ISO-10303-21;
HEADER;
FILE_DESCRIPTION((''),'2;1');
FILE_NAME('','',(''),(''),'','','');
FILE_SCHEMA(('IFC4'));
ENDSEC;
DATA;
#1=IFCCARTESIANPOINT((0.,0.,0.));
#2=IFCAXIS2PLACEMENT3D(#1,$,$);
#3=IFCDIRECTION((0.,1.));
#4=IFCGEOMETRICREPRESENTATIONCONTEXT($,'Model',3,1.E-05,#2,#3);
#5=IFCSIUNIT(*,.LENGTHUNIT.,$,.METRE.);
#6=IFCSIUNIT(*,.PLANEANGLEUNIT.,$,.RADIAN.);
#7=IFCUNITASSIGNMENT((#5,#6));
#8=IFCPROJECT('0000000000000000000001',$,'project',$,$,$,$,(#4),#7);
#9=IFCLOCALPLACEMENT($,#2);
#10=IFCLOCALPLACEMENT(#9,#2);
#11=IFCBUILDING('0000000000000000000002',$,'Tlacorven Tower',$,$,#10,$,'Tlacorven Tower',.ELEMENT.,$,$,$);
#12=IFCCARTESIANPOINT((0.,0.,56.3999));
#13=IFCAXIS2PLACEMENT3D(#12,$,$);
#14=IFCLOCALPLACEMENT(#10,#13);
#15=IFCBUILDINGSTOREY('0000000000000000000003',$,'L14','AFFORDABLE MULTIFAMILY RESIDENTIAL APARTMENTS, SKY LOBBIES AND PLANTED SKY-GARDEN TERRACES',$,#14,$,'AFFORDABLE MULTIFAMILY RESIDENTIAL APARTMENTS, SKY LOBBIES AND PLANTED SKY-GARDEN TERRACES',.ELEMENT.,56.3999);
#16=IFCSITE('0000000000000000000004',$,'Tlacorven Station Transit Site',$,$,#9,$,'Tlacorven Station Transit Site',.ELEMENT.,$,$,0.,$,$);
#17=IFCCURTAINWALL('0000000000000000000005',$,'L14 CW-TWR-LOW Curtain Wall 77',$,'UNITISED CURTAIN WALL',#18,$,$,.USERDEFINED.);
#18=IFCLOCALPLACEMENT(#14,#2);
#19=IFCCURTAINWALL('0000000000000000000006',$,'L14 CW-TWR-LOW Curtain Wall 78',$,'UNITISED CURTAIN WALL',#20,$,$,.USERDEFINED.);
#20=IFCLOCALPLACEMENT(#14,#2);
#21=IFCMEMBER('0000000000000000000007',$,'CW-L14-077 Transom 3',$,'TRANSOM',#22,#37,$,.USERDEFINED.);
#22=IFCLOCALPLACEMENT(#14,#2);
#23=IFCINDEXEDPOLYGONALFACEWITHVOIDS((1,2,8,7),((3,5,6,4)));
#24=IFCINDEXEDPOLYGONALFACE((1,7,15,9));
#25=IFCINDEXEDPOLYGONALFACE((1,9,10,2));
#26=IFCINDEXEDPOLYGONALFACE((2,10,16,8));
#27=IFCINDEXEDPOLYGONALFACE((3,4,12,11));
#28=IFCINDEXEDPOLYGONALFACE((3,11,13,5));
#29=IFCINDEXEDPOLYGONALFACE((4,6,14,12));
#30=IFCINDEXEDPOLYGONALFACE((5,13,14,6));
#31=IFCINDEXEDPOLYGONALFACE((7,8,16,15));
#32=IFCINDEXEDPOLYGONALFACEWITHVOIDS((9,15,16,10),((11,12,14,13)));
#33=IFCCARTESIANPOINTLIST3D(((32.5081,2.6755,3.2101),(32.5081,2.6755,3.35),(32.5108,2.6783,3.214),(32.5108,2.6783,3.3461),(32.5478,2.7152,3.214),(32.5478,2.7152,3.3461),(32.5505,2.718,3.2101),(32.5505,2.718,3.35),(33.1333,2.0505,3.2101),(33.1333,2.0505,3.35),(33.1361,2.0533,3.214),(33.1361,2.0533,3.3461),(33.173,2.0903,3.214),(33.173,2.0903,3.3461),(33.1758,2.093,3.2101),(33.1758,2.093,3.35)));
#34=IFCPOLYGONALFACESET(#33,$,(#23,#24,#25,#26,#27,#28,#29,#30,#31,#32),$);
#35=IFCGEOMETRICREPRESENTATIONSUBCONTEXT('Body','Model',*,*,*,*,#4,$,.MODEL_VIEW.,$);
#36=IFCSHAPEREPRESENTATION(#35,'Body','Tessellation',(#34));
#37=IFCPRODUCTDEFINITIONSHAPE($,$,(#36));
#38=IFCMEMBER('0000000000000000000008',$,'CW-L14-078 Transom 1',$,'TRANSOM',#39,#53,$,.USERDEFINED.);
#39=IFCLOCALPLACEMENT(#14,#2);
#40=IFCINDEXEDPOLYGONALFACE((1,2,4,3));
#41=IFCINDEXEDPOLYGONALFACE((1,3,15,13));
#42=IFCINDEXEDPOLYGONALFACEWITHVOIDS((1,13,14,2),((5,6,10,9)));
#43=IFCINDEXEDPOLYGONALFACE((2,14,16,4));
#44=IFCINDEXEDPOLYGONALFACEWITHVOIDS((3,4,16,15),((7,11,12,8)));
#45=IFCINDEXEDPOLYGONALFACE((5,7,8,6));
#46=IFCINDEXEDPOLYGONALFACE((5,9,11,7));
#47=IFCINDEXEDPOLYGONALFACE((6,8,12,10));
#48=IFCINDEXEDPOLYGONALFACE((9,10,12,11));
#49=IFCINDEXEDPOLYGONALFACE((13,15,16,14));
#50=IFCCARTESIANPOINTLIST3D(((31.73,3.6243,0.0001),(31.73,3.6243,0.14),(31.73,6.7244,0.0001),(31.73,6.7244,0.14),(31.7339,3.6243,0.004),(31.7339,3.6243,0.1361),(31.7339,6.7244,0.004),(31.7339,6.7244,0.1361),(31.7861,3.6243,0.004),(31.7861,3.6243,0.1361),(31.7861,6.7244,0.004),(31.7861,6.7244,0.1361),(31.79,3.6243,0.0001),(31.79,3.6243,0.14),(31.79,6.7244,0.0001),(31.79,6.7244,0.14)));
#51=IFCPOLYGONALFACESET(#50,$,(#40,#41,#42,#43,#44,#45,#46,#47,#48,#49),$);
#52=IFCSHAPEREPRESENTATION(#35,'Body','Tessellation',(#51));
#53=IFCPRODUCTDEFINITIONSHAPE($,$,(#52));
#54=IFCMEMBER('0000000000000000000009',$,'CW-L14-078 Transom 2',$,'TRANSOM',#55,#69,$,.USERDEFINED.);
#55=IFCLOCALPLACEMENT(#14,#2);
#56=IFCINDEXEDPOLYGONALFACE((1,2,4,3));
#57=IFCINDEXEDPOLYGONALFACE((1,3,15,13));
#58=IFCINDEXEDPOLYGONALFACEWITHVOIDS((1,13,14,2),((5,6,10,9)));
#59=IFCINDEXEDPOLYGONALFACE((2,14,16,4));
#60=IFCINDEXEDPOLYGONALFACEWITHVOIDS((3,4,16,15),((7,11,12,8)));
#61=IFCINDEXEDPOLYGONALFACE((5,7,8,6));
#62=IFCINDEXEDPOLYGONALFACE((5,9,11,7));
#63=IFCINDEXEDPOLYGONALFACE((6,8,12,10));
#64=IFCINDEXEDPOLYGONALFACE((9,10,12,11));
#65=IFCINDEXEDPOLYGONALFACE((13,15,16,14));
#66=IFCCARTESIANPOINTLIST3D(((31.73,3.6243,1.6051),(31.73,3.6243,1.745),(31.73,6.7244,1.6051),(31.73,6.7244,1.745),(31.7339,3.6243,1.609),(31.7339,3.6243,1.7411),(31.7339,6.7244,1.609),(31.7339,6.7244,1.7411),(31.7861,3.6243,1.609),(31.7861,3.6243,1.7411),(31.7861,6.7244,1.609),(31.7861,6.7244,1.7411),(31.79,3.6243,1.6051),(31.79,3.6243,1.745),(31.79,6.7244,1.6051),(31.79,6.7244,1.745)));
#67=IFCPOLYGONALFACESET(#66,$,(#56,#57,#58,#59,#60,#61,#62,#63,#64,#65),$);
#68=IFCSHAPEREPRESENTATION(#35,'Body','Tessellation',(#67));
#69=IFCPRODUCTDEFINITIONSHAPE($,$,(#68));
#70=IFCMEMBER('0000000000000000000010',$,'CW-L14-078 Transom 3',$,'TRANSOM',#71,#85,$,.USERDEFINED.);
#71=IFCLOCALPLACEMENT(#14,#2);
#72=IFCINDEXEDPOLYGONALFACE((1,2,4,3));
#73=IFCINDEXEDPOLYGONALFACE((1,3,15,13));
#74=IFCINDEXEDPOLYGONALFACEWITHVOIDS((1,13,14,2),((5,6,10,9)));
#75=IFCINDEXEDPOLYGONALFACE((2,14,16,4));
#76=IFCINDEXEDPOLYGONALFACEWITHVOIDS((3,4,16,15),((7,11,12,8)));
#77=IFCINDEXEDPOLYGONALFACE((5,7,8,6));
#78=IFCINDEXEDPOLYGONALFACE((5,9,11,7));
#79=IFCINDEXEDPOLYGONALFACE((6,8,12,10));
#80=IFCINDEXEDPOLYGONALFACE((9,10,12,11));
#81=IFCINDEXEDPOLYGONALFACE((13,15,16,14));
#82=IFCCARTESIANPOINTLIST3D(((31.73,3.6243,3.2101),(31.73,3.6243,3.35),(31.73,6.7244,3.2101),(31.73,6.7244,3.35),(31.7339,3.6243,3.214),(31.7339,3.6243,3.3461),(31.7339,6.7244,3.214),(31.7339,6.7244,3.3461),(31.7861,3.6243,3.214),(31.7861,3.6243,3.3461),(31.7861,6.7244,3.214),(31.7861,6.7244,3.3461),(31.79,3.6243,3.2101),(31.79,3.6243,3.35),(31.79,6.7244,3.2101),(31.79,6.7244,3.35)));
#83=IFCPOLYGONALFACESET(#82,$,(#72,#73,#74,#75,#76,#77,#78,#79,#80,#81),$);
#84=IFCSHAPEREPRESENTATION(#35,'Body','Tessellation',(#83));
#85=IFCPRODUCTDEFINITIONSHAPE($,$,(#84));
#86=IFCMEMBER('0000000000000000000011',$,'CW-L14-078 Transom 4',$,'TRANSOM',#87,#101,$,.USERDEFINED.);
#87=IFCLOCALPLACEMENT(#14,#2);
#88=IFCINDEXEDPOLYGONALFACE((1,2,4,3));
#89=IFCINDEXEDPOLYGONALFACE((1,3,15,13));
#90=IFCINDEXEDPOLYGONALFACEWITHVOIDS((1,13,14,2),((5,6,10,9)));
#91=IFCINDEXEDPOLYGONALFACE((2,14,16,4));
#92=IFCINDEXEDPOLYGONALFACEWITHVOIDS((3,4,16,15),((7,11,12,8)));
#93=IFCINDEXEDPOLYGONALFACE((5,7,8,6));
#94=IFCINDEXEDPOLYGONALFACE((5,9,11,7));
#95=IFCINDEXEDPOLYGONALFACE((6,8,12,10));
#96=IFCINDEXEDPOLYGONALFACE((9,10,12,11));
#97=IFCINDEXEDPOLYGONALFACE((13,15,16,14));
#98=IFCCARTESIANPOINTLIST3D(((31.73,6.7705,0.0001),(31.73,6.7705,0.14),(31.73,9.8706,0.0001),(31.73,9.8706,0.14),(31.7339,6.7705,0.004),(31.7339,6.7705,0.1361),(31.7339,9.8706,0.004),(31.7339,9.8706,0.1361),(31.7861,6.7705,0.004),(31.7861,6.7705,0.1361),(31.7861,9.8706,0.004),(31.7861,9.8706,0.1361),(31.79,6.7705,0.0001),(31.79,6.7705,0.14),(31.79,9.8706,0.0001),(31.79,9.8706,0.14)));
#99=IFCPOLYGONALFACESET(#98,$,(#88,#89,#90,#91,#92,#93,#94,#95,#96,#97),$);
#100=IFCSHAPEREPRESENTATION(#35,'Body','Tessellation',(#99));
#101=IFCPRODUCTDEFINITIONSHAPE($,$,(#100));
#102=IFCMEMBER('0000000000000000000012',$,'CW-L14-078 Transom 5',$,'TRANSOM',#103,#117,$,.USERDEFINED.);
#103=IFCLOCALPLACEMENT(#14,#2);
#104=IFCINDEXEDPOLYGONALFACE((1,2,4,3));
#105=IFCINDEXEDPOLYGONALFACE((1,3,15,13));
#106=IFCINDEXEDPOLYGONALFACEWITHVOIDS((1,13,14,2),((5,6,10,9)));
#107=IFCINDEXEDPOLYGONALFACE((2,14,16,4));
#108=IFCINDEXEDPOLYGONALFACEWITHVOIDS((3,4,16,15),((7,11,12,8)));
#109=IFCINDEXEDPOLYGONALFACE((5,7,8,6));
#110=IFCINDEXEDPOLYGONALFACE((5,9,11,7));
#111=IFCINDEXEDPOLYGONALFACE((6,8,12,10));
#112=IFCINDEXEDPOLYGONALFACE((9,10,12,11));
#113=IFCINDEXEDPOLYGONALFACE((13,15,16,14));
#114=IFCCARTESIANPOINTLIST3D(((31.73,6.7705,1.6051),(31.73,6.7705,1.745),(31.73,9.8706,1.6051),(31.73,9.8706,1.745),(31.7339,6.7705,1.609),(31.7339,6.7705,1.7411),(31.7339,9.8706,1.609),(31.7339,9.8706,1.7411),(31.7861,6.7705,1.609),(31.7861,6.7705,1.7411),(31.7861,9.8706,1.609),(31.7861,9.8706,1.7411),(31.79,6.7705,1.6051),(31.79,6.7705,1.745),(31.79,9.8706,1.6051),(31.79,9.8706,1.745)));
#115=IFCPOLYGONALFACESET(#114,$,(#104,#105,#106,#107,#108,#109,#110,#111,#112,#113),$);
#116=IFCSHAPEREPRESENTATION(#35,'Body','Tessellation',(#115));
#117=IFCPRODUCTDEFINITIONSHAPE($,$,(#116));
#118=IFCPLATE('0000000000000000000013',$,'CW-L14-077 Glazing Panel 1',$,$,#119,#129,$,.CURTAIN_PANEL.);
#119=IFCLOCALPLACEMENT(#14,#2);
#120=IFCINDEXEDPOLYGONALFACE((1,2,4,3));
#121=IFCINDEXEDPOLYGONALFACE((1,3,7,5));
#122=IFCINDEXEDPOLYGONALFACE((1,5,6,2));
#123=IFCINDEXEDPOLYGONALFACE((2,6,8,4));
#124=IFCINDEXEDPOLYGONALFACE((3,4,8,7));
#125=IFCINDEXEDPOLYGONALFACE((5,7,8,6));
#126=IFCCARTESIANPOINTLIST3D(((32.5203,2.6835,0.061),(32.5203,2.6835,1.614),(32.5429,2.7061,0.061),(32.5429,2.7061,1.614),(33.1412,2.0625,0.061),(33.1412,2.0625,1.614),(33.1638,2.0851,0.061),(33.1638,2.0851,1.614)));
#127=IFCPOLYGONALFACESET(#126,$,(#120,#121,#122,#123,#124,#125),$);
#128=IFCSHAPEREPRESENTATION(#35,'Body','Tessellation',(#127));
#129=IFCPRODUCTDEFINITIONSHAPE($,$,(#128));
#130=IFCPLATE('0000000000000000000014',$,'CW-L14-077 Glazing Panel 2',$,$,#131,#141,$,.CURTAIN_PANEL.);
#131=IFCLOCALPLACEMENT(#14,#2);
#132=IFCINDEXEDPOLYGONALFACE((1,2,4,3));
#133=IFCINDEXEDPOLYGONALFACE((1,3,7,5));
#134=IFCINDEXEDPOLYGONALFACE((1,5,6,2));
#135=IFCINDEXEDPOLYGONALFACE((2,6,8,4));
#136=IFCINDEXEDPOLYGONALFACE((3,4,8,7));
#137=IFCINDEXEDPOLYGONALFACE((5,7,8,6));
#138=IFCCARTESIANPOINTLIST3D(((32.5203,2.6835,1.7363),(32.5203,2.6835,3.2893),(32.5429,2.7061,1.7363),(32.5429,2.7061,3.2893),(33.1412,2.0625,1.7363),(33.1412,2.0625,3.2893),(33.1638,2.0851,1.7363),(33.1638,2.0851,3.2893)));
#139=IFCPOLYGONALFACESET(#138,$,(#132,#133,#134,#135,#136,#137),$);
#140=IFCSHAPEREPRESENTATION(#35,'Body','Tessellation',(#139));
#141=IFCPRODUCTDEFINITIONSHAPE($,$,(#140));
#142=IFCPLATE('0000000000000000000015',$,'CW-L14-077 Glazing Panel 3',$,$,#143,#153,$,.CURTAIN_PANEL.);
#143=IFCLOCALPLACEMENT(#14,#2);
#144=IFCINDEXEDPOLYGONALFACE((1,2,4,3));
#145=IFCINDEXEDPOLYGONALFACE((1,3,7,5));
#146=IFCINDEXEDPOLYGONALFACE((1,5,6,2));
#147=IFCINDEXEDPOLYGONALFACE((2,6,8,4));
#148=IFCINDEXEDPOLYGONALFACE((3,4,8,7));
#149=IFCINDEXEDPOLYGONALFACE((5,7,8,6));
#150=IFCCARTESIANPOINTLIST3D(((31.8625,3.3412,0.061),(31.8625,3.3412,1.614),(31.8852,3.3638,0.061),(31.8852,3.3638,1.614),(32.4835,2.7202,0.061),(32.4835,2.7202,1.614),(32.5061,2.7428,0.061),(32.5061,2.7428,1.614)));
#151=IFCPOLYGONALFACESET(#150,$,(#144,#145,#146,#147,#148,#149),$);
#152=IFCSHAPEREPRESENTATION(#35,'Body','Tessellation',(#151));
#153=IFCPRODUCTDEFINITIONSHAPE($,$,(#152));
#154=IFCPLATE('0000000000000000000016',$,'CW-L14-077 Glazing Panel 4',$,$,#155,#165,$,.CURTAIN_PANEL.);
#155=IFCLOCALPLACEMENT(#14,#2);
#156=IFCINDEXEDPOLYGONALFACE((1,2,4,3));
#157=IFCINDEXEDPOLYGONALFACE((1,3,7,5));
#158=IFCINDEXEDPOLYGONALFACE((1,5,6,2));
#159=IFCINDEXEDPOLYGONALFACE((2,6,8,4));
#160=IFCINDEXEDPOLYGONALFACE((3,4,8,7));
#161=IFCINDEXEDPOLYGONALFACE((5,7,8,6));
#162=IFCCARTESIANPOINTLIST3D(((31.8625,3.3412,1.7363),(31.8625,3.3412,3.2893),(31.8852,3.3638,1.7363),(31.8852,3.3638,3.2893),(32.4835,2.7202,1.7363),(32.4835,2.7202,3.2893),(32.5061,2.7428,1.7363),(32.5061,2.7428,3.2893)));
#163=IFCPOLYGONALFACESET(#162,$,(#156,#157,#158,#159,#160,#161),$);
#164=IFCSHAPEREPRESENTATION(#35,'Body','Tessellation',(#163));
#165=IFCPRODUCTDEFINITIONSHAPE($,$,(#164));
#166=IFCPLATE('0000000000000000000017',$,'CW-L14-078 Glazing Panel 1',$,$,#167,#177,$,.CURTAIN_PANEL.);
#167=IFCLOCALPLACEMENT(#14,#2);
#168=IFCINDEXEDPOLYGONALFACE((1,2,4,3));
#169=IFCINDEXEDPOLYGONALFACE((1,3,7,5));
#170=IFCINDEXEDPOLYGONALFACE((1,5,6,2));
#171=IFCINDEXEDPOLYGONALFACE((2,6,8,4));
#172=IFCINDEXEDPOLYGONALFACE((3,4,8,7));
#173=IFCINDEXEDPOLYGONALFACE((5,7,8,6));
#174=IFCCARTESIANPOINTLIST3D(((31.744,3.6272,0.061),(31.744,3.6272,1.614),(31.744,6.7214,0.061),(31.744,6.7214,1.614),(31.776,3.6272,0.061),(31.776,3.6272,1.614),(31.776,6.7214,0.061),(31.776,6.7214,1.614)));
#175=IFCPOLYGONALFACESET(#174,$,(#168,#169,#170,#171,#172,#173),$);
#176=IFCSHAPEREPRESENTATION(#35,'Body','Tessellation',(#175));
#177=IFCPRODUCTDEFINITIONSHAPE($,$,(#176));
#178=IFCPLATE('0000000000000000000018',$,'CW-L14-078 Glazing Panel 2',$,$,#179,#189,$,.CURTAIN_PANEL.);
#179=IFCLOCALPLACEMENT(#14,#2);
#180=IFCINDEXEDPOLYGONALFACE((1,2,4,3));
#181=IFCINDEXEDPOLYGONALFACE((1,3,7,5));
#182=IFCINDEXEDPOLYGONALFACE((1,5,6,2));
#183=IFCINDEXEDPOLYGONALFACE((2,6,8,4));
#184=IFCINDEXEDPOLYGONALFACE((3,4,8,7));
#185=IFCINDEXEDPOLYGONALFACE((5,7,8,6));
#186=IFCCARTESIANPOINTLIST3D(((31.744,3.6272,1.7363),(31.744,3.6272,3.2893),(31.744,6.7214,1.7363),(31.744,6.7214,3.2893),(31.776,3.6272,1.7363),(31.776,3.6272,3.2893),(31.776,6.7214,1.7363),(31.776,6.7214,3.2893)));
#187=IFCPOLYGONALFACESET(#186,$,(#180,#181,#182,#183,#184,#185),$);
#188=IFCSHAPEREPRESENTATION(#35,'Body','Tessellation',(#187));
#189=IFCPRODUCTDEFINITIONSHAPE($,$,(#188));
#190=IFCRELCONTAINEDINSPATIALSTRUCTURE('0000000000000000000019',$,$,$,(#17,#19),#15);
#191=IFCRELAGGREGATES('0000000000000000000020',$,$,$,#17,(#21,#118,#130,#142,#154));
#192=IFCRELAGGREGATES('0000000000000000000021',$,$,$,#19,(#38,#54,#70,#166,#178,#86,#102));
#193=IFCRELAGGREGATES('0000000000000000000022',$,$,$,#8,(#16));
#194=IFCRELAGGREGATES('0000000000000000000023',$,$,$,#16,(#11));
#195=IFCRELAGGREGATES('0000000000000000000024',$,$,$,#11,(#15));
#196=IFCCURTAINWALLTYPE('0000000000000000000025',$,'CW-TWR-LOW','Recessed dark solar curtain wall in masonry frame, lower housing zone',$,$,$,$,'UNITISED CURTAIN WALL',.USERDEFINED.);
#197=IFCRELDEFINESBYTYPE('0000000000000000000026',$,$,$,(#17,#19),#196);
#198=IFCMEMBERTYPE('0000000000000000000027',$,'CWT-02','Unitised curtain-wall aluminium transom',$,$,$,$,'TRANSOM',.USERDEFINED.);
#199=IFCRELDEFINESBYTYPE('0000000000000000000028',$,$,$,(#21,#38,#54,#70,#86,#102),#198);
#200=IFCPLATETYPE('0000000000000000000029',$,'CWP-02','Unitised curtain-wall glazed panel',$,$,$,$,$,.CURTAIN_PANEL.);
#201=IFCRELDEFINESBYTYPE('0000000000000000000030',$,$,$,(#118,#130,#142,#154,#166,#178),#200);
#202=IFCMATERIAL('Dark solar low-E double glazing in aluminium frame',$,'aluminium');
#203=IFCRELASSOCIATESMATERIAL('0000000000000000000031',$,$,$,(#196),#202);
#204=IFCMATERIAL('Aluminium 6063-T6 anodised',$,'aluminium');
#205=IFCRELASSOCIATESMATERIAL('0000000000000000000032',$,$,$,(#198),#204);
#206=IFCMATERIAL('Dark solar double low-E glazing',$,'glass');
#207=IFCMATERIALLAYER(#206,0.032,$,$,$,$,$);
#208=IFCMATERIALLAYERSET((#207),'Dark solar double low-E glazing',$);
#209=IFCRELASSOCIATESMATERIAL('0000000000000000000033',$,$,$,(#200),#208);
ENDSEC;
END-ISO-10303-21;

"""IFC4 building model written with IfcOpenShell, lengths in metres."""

from ifc_helpers import new_model, si_unit, direction, frame, origin, origin_2d, place, context, subcontext, project, spatial, rectangle, hollow_rectangle, extrude, source, transform, mapped, material, layer, layer_set, material_profile, profile_set, type_object, element, aggregate, save


model = new_model("IFC4")

# Units and contexts
model_context = context("Model", 3, precision=1e-05, world=origin(), true_north=direction((0.0, 1.0)))
body_context = subcontext(model_context, "Body", "Model", "MODEL_VIEW")
ifc_project = project(units=[si_unit("LENGTHUNIT", "METRE"), si_unit("PLANEANGLEUNIT", "RADIAN")], contexts=[model_context])

# Site, building, storey
site_placement = place(None, origin())
site = spatial("IfcSite", under=ifc_project, at=site_placement, Name="Tlacorven Station Transit Site", LongName="Tlacorven Station Transit Site", CompositionType="ELEMENT", RefElevation=0.0)
building_placement = place(site_placement, origin())
building = spatial("IfcBuilding", under=site, at=building_placement, Name="Tlacorven Tower", LongName="Tlacorven Tower", CompositionType="ELEMENT")
storey_placement = place(building_placement, frame((0.0, 0.0, 56.3999)))
storey = spatial("IfcBuildingStorey", under=building, at=storey_placement, Name="L14", Description="AFFORDABLE MULTIFAMILY RESIDENTIAL APARTMENTS, SKY LOBBIES AND PLANTED SKY-GARDEN TERRACES", LongName="AFFORDABLE MULTIFAMILY RESIDENTIAL APARTMENTS, SKY LOBBIES AND PLANTED SKY-GARDEN TERRACES", CompositionType="ELEMENT", Elevation=56.3999)

# Shared definitions
ifc_material_1 = material(Name="Dark solar low-E double glazing in aluminium frame", Category="aluminium")
curtain_wall_type = type_object("IfcCurtainWallType", Name="CW-TWR-LOW", Description="Recessed dark solar curtain wall in masonry frame, lower housing zone", ElementType="UNITISED CURTAIN WALL", PredefinedType="USERDEFINED", material=ifc_material_1)
ifc_material_2 = material(Name="Aluminium 6063-T6 anodised", Category="aluminium")

# Curtain walls
curtain_wall_1_placement = place(storey_placement, origin())
curtain_wall_1 = element("IfcCurtainWall", 1, at=curtain_wall_1_placement, inside=storey, type_object=curtain_wall_type, Name="L14 CW-TWR-LOW Curtain Wall 77", ObjectType="UNITISED CURTAIN WALL", PredefinedType="USERDEFINED")
curtain_wall_2_placement = place(storey_placement, origin())
curtain_wall_2 = element("IfcCurtainWall", 2, at=curtain_wall_2_placement, inside=storey, type_object=curtain_wall_type, Name="L14 CW-TWR-LOW Curtain Wall 78", ObjectType="UNITISED CURTAIN WALL", PredefinedType="USERDEFINED")

# Members
ifc_material_profile_1 = material_profile(ifc_material_2, hollow_rectangle(XDim=0.0601, YDim=0.1399, WallThickness=0.0039, at=origin_2d()), Name="ALU TRANSOM 60X140")
ifc_profile_set_1 = profile_set([ifc_material_profile_1], Name="Aluminium 6063-T6 anodised")
member_type_1 = type_object("IfcMemberType", Name="CWT-02", Description="Unitised curtain-wall aluminium transom", ElementType="TRANSOM", PredefinedType="USERDEFINED", material=ifc_profile_set_1)
shared_shape_1 = source(origin(), body_context, "Body", "SweptSolid", [
    extrude(hollow_rectangle(XDim=0.0601, YDim=0.1399, WallThickness=0.0039, at=origin_2d()), origin(), (0.0, 0.0, 1.0), 0.884),
])
member_1_placement = place(storey_placement, frame((33.1545, 2.0718, 3.28), z_axis=(-0.707245, 0.706969, 0.0), x_axis=(-0.706969, -0.707245, 0.0)))
member_1 = element("IfcMember", 3, at=member_1_placement, type_object=member_type_1, Name="CW-L14-077 Transom 3", ObjectType="TRANSOM", PredefinedType="USERDEFINED", context=body_context, shape_type="MappedRepresentation", body=[
    mapped(shared_shape_1, transform((0.0, 0.0, 0.0), scale=1.0)),
])
shared_shape_2 = source(origin(), body_context, "Body", "SweptSolid", [
    extrude(hollow_rectangle(XDim=0.0601, YDim=0.1399, WallThickness=0.0039, at=origin_2d()), origin(), (0.0, 0.0, 1.0), 3.1001),
])
member_2_placement = place(storey_placement, frame((31.76, 3.6243, 0.0701), z_axis=(0.0, 1.0, 0.0), x_axis=(-1.0, 0.0, 0.0)))
member_2 = element("IfcMember", 4, at=member_2_placement, type_object=member_type_1, Name="CW-L14-078 Transom 1", ObjectType="TRANSOM", PredefinedType="USERDEFINED", context=body_context, shape_type="MappedRepresentation", body=[
    mapped(shared_shape_2, transform((0.0, 0.0, 0.0), scale=1.0)),
])
member_3_placement = place(storey_placement, frame((31.76, 3.6243, 1.675), z_axis=(0.0, 1.0, 0.0), x_axis=(-1.0, 0.0, 0.0)))
member_3 = element("IfcMember", 5, at=member_3_placement, type_object=member_type_1, Name="CW-L14-078 Transom 2", ObjectType="TRANSOM", PredefinedType="USERDEFINED", context=body_context, shape_type="MappedRepresentation", body=[
    mapped(shared_shape_2, transform((0.0, 0.0, 0.0), scale=1.0)),
])
member_4_placement = place(storey_placement, frame((31.76, 3.6243, 3.28), z_axis=(0.0, 1.0, 0.0), x_axis=(-1.0, 0.0, 0.0)))
member_4 = element("IfcMember", 6, at=member_4_placement, type_object=member_type_1, Name="CW-L14-078 Transom 3", ObjectType="TRANSOM", PredefinedType="USERDEFINED", context=body_context, shape_type="MappedRepresentation", body=[
    mapped(shared_shape_2, transform((0.0, 0.0, 0.0), scale=1.0)),
])
member_5_placement = place(storey_placement, frame((31.76, 6.7705, 0.0701), z_axis=(0.0, 1.0, 0.0), x_axis=(-1.0, 0.0, 0.0)))
member_5 = element("IfcMember", 7, at=member_5_placement, type_object=member_type_1, Name="CW-L14-078 Transom 4", ObjectType="TRANSOM", PredefinedType="USERDEFINED", context=body_context, shape_type="MappedRepresentation", body=[
    mapped(shared_shape_2, transform((0.0, 0.0, 0.0), scale=1.0)),
])
member_6_placement = place(storey_placement, frame((31.76, 6.7705, 1.675), z_axis=(0.0, 1.0, 0.0), x_axis=(-1.0, 0.0, 0.0)))
member_6 = element("IfcMember", 8, at=member_6_placement, type_object=member_type_1, Name="CW-L14-078 Transom 5", ObjectType="TRANSOM", PredefinedType="USERDEFINED", context=body_context, shape_type="MappedRepresentation", body=[
    mapped(shared_shape_2, transform((0.0, 0.0, 0.0), scale=1.0)),
])

# Plates
ifc_material_3 = material(Name="Dark solar double low-E glazing", Category="glass")
ifc_layer = layer(ifc_material_3, 0.032)
ifc_layer_set = layer_set([ifc_layer], Name="Dark solar double low-E glazing")
plate_type = type_object("IfcPlateType", Name="CWP-02", Description="Unitised curtain-wall glazed panel", PredefinedType="CURTAIN_PANEL", material=ifc_layer_set)
shared_shape_3 = source(origin(), body_context, "Body", "SweptSolid", [
    extrude(rectangle(XDim=0.8782, YDim=0.032, at=origin_2d()), origin(), (0.0, 0.0, 1.0), 1.553),
])
plate_1_placement = place(storey_placement, frame((32.842, 2.3843, 0.061), z_axis=(0.0, 0.0, 1.0), x_axis=(-0.707107, 0.707107, 0.0)))
plate_1 = element("IfcPlate", 9, at=plate_1_placement, type_object=plate_type, Name="CW-L14-077 Glazing Panel 1", PredefinedType="CURTAIN_PANEL", context=body_context, shape_type="MappedRepresentation", body=[
    mapped(shared_shape_3, transform((0.0, 0.0, 0.0), scale=1.0)),
])
plate_2_placement = place(storey_placement, frame((32.842, 2.3843, 1.7363), z_axis=(0.0, 0.0, 1.0), x_axis=(-0.707107, 0.707107, 0.0)))
plate_2 = element("IfcPlate", 10, at=plate_2_placement, type_object=plate_type, Name="CW-L14-077 Glazing Panel 2", PredefinedType="CURTAIN_PANEL", context=body_context, shape_type="MappedRepresentation", body=[
    mapped(shared_shape_3, transform((0.0, 0.0, 0.0), scale=1.0)),
])
plate_3_placement = place(storey_placement, frame((32.1843, 3.042, 0.061), z_axis=(0.0, 0.0, 1.0), x_axis=(-0.707107, 0.707107, 0.0)))
plate_3 = element("IfcPlate", 11, at=plate_3_placement, type_object=plate_type, Name="CW-L14-077 Glazing Panel 3", PredefinedType="CURTAIN_PANEL", context=body_context, shape_type="MappedRepresentation", body=[
    mapped(shared_shape_3, transform((0.0, 0.0, 0.0), scale=1.0)),
])
plate_4_placement = place(storey_placement, frame((32.1843, 3.042, 1.7363), z_axis=(0.0, 0.0, 1.0), x_axis=(-0.707107, 0.707107, 0.0)))
plate_4 = element("IfcPlate", 12, at=plate_4_placement, type_object=plate_type, Name="CW-L14-077 Glazing Panel 4", PredefinedType="CURTAIN_PANEL", context=body_context, shape_type="MappedRepresentation", body=[
    mapped(shared_shape_3, transform((0.0, 0.0, 0.0), scale=1.0)),
])
aggregate(curtain_wall_1, [member_1, plate_1, plate_2, plate_3, plate_4])
shared_shape_4 = source(origin(), body_context, "Body", "SweptSolid", [
    extrude(rectangle(XDim=3.0942, YDim=0.032, at=origin_2d()), origin(), (0.0, 0.0, 1.0), 1.553),
])
plate_5_placement = place(storey_placement, frame((31.76, 5.1743, 0.061), z_axis=(0.0, 0.0, 1.0), x_axis=(0.0, 1.0, 0.0)))
plate_5 = element("IfcPlate", 13, at=plate_5_placement, type_object=plate_type, Name="CW-L14-078 Glazing Panel 1", PredefinedType="CURTAIN_PANEL", context=body_context, shape_type="MappedRepresentation", body=[
    mapped(shared_shape_4, transform((0.0, 0.0, 0.0), scale=1.0)),
])
plate_6_placement = place(storey_placement, frame((31.76, 5.1743, 1.7363), z_axis=(0.0, 0.0, 1.0), x_axis=(0.0, 1.0, 0.0)))
plate_6 = element("IfcPlate", 14, at=plate_6_placement, type_object=plate_type, Name="CW-L14-078 Glazing Panel 2", PredefinedType="CURTAIN_PANEL", context=body_context, shape_type="MappedRepresentation", body=[
    mapped(shared_shape_4, transform((0.0, 0.0, 0.0), scale=1.0)),
])
aggregate(curtain_wall_2, [member_2, member_3, member_4, plate_5, plate_6, member_5, member_6])

save(model, "model.ifc")
